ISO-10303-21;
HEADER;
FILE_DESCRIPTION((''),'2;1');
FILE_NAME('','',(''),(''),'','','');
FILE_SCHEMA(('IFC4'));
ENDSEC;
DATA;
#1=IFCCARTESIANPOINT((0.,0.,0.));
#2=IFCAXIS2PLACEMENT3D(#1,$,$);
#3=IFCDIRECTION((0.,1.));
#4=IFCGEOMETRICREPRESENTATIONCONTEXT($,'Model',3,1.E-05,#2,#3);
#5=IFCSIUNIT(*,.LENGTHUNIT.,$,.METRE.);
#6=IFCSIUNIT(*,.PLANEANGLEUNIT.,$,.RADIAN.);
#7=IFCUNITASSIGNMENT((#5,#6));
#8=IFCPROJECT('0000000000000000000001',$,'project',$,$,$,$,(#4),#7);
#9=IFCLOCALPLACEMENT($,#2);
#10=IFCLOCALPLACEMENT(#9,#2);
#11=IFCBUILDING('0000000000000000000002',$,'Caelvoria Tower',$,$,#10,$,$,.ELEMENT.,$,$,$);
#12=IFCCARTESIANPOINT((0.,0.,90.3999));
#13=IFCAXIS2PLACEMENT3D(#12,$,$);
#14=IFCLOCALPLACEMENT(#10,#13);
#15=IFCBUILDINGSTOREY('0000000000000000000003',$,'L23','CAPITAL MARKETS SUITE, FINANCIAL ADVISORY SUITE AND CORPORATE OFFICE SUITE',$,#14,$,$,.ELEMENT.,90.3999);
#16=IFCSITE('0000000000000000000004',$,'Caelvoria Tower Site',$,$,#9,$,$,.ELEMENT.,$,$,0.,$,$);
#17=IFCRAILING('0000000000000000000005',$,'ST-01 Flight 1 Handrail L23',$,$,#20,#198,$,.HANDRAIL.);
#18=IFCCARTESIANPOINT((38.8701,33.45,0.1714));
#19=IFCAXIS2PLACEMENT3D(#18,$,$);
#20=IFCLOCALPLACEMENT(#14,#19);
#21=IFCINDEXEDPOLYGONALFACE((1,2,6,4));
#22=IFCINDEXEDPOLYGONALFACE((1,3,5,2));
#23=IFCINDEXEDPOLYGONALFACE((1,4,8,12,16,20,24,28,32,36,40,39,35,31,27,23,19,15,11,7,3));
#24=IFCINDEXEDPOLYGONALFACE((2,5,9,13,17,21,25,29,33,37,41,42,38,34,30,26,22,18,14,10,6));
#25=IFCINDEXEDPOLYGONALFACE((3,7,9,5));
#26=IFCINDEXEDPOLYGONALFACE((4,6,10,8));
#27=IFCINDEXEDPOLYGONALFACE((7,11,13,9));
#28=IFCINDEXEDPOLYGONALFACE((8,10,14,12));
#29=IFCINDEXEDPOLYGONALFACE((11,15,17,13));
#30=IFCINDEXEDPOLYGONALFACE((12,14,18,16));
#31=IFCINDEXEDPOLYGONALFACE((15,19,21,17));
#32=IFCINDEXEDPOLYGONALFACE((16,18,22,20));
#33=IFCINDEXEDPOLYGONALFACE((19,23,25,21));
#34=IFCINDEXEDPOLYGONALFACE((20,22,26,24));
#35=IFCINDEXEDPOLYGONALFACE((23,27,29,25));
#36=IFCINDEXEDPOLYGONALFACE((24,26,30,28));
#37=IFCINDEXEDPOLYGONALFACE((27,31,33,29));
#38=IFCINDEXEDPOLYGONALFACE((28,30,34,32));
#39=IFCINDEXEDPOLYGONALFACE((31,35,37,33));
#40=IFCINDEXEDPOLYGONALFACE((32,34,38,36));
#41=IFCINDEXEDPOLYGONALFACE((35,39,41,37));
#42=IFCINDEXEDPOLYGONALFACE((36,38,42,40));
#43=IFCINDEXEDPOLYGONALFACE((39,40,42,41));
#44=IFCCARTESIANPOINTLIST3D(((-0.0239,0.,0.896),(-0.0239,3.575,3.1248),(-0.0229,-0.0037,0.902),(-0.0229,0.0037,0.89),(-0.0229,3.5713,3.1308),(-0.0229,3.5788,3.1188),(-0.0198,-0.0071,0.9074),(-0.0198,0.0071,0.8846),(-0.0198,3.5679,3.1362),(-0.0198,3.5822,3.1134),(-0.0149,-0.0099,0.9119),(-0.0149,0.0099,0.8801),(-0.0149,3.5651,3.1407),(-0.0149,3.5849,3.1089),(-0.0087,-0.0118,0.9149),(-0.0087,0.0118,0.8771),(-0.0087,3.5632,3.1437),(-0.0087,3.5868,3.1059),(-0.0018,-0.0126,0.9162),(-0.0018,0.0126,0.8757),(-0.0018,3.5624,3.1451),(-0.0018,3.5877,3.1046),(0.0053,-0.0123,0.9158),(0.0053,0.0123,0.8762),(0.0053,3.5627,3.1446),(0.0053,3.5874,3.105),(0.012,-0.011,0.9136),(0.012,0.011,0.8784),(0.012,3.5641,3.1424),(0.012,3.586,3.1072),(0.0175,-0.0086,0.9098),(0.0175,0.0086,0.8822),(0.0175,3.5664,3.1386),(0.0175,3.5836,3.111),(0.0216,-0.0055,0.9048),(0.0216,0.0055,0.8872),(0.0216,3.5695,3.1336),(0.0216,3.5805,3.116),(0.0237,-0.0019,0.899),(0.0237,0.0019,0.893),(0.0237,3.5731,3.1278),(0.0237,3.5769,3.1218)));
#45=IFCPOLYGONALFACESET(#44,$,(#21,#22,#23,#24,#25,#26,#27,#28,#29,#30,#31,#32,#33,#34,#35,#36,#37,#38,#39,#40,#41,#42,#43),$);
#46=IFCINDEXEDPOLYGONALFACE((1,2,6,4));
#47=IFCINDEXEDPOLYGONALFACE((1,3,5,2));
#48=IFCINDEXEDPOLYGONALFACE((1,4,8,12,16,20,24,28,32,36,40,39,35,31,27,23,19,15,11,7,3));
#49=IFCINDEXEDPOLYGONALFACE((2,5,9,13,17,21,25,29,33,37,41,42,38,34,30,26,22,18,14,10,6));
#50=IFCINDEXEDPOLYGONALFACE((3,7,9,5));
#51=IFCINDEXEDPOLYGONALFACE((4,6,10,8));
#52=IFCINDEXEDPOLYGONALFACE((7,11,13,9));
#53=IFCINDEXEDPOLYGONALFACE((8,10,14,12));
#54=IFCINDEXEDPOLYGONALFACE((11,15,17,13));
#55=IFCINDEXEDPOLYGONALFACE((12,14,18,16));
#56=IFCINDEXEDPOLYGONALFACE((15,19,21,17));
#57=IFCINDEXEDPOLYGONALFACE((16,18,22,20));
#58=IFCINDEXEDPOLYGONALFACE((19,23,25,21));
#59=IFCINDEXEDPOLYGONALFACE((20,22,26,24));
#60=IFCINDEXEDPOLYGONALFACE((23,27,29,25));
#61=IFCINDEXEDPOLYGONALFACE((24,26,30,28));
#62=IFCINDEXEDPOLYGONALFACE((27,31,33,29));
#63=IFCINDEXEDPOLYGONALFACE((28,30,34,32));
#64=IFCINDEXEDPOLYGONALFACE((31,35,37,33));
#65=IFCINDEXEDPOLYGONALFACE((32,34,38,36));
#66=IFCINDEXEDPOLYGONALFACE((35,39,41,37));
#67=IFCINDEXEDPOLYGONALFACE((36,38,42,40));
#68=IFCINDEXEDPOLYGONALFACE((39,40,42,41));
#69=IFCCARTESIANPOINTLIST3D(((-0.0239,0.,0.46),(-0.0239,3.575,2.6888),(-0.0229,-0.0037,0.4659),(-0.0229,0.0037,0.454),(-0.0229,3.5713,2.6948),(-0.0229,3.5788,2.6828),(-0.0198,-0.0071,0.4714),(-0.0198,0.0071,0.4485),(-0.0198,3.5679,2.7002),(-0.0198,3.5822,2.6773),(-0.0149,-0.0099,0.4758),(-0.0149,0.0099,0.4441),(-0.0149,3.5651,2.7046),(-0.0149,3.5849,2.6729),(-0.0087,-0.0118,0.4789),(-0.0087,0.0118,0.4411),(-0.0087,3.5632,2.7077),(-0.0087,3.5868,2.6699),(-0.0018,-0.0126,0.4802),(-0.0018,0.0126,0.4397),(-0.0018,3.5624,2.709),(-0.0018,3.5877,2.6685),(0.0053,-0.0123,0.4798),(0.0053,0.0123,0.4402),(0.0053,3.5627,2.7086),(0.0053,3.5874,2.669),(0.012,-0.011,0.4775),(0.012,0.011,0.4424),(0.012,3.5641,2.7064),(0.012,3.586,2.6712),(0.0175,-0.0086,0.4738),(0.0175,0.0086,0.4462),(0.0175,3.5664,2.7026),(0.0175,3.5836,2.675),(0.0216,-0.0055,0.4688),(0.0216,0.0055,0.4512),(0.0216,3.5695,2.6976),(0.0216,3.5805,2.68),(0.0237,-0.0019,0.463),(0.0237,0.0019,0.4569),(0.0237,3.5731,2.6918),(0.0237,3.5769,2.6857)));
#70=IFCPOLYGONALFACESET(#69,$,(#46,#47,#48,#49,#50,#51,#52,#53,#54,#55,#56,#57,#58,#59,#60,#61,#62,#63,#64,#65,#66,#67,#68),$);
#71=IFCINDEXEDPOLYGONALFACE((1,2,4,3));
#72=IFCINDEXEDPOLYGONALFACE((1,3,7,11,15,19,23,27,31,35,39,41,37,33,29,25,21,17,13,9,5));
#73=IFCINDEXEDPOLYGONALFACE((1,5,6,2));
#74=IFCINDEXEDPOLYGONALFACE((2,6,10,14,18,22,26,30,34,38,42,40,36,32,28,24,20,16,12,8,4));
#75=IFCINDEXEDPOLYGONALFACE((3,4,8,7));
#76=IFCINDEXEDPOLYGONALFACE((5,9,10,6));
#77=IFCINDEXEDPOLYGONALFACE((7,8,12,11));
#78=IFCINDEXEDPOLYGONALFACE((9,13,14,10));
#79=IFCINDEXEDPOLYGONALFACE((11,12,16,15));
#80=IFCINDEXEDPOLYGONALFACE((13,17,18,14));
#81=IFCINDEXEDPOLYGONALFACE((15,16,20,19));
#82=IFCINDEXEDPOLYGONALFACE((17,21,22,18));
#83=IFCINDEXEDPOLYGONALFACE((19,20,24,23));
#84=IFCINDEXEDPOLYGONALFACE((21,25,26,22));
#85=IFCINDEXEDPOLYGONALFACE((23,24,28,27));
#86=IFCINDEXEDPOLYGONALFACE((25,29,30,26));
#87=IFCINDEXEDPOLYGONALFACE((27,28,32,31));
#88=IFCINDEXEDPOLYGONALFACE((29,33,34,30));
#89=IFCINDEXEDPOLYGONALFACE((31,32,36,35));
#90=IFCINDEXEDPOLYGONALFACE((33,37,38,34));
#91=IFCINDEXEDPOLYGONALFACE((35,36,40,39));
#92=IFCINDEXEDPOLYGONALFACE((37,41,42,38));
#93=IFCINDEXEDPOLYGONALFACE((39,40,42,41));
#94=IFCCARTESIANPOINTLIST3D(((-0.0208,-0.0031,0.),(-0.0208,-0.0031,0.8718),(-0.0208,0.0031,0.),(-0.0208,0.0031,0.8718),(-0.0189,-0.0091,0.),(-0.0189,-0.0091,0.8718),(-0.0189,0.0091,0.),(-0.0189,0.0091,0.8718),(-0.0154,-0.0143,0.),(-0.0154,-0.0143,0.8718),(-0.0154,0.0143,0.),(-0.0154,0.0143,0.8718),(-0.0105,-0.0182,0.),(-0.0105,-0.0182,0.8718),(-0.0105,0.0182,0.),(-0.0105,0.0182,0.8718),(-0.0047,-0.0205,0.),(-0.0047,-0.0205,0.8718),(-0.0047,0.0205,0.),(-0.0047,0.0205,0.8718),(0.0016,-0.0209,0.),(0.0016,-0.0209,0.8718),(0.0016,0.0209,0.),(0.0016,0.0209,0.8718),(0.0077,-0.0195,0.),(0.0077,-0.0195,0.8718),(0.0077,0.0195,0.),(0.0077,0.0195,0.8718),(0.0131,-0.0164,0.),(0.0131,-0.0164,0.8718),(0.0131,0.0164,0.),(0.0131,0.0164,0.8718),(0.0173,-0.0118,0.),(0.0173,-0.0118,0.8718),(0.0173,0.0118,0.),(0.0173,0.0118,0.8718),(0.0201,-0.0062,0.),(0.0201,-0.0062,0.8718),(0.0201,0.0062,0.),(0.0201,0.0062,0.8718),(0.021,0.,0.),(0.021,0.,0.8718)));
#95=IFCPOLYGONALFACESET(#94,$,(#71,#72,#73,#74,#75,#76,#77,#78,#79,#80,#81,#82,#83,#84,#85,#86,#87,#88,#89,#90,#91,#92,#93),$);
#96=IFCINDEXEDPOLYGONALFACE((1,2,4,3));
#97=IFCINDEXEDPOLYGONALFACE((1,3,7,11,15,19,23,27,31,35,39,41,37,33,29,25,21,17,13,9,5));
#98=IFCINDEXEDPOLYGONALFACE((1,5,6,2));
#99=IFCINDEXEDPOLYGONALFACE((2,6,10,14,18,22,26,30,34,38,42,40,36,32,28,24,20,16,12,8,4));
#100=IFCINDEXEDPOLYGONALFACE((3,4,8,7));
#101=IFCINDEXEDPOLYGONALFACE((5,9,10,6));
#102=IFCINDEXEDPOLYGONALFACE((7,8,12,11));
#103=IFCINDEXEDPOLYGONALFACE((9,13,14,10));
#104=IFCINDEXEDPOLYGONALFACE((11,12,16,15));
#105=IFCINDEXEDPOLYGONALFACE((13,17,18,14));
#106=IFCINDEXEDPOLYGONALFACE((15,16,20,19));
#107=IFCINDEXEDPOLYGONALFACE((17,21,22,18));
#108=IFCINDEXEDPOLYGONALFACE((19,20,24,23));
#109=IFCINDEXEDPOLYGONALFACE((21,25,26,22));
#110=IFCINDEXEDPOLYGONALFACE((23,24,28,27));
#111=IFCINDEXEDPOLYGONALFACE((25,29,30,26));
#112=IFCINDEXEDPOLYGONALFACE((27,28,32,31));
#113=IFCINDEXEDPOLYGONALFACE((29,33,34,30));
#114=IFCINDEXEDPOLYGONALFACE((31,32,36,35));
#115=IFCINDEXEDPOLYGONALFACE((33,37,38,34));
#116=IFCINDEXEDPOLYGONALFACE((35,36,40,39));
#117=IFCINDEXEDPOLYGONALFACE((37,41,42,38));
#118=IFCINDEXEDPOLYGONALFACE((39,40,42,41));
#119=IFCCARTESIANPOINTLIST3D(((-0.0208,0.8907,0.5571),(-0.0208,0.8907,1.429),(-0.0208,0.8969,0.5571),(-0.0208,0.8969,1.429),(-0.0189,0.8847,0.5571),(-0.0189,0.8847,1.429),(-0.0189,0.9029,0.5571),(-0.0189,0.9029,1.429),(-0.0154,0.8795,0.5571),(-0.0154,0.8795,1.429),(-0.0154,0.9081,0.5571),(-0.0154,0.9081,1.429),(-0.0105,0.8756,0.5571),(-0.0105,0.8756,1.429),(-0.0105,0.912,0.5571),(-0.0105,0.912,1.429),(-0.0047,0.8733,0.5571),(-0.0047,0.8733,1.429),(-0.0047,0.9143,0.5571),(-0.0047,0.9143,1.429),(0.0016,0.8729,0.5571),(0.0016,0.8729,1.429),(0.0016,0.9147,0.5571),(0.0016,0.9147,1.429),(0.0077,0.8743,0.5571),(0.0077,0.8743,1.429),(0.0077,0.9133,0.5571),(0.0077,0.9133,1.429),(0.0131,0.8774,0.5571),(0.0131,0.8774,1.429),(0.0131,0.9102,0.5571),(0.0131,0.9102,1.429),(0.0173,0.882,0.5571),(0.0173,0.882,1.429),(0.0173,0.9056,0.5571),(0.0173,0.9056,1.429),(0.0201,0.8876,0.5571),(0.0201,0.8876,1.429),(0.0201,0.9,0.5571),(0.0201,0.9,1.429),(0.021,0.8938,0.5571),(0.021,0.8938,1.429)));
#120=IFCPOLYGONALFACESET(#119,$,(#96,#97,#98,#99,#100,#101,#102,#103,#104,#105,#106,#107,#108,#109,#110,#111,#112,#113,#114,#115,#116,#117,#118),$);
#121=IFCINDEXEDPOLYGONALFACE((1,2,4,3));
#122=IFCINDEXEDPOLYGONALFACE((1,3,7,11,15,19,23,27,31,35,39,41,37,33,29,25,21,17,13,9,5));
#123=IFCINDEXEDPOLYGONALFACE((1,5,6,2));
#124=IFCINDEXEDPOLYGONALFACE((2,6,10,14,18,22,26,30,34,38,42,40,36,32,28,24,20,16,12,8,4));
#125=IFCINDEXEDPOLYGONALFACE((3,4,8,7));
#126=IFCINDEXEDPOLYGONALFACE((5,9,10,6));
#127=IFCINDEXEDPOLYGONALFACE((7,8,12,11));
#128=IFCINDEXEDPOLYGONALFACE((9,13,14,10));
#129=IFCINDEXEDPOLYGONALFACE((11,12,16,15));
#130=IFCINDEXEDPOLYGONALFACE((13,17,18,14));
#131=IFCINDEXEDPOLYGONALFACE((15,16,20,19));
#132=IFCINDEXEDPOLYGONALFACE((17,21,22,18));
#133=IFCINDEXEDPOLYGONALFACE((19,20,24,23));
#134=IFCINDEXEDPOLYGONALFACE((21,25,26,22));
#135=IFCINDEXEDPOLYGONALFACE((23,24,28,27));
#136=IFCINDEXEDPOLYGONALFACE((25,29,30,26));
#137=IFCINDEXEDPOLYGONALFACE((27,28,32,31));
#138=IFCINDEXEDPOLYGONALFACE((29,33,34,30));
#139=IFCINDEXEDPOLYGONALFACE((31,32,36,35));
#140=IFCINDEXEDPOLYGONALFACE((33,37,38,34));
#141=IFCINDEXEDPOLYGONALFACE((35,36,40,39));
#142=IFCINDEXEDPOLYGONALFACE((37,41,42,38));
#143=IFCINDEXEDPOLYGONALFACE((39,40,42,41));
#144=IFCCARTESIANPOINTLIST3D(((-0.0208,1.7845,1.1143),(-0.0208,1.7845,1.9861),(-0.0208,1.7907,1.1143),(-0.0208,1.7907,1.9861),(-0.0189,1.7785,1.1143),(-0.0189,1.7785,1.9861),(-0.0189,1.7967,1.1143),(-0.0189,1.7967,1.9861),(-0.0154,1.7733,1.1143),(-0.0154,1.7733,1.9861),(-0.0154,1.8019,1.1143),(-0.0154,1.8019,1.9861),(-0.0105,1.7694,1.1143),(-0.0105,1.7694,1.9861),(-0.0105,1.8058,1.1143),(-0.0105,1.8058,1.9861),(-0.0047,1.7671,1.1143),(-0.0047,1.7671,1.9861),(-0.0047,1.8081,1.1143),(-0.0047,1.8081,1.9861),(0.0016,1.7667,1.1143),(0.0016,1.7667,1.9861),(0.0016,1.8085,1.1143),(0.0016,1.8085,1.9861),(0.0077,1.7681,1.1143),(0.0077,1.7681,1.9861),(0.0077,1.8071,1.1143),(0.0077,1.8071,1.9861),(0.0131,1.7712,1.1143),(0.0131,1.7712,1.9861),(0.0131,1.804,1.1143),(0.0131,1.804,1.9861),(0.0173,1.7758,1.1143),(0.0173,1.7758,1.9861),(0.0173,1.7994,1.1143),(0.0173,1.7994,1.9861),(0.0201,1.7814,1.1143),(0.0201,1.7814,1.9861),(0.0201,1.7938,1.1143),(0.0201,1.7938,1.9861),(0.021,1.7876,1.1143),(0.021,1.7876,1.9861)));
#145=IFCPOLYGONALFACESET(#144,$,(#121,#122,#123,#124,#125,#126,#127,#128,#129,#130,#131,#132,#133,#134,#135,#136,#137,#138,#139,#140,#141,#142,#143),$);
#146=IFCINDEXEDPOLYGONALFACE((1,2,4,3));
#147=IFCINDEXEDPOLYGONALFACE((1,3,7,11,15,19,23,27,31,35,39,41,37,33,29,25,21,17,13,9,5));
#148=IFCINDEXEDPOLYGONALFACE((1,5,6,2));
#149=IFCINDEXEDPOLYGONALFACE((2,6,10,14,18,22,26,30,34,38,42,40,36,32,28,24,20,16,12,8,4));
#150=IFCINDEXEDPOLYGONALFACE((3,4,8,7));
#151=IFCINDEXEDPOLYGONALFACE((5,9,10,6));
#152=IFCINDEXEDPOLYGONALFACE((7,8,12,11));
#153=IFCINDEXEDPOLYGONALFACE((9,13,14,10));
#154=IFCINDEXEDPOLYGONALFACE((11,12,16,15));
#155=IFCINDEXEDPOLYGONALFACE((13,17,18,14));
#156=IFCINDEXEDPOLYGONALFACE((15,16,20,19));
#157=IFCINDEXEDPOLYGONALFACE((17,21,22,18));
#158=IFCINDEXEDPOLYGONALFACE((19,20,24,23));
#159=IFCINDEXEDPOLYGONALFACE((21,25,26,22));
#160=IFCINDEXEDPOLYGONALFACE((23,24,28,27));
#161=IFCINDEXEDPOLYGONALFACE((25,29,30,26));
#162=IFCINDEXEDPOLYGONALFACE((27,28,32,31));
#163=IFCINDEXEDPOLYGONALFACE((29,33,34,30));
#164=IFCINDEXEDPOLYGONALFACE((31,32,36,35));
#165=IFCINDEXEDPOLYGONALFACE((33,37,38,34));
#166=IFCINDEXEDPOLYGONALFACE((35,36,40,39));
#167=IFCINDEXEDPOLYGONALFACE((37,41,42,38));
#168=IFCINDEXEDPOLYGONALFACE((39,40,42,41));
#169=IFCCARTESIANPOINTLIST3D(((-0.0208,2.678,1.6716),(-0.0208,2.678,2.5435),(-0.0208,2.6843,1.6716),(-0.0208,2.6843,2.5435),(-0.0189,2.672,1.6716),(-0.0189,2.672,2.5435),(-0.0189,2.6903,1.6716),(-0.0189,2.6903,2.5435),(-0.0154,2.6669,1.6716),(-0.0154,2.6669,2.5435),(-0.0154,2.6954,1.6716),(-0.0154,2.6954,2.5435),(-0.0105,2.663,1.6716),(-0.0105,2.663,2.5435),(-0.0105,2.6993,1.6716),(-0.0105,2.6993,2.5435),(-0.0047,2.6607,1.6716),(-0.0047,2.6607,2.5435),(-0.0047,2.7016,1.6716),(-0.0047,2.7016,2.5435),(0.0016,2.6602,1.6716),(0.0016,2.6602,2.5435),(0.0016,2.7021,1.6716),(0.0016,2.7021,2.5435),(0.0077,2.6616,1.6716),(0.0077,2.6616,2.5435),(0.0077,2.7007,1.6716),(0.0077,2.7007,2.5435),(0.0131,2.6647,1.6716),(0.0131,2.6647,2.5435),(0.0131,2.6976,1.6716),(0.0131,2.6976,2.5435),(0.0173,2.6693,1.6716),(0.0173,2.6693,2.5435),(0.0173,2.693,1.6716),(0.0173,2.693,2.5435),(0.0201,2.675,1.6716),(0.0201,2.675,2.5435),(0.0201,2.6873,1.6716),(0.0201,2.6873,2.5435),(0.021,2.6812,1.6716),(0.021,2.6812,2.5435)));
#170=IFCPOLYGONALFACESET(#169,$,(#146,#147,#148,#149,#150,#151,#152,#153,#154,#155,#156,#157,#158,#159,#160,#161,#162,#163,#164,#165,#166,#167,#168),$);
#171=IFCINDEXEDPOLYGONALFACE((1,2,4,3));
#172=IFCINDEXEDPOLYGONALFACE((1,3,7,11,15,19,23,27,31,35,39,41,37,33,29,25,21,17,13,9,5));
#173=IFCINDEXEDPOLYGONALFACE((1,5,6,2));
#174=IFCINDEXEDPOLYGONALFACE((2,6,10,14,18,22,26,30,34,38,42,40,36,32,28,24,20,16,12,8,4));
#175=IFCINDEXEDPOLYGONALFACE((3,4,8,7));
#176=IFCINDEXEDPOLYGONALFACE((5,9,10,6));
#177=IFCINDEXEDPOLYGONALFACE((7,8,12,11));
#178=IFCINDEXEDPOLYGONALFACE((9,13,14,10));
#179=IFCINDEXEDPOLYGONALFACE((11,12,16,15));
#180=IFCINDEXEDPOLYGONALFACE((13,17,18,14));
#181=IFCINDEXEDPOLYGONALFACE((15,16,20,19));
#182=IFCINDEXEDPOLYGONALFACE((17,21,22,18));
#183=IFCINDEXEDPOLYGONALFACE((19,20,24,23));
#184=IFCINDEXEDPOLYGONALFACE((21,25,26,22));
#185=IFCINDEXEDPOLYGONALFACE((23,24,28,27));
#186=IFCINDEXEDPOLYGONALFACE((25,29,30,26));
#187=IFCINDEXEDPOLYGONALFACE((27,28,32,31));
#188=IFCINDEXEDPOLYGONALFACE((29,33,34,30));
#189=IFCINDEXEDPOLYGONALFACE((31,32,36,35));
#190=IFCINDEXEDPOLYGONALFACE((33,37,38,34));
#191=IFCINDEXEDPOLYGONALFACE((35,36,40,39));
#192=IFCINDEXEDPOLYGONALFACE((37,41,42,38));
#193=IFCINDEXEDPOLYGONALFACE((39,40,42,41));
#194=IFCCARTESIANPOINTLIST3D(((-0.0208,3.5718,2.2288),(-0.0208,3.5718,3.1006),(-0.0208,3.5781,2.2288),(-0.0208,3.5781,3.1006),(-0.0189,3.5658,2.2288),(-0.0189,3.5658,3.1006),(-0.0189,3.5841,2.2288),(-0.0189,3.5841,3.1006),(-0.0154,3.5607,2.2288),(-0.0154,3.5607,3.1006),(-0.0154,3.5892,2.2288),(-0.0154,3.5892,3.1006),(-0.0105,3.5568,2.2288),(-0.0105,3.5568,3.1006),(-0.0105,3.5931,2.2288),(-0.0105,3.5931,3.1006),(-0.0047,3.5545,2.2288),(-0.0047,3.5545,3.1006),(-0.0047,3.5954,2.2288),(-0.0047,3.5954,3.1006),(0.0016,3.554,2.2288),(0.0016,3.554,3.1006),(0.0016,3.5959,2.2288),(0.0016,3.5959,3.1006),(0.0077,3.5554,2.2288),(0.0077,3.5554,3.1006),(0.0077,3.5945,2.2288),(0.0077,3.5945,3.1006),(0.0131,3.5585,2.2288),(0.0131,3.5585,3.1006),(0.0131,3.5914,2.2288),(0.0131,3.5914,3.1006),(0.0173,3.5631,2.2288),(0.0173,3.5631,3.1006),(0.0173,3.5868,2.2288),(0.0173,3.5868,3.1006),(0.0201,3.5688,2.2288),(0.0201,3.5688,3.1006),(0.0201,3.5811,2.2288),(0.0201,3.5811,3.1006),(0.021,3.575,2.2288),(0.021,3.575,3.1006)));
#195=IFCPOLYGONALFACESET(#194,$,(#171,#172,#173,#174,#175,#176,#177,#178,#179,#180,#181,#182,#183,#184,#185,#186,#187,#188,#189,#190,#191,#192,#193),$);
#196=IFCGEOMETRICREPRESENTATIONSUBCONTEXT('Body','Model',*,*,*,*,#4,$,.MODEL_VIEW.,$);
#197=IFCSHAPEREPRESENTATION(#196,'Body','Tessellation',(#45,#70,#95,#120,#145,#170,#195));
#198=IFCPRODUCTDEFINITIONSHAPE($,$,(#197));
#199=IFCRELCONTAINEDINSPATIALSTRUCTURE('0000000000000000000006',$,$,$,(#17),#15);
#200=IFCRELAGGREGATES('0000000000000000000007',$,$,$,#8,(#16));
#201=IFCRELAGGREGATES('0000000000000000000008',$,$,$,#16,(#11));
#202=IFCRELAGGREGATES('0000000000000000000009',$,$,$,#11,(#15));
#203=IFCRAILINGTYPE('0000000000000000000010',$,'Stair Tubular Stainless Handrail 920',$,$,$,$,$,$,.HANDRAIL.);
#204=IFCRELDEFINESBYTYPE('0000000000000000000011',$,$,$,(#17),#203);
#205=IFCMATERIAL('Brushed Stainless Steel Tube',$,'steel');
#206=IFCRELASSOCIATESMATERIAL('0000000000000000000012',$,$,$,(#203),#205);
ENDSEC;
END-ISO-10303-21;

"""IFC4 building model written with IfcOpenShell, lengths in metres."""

from ifc_helpers import new_model, si_unit, direction, frame, origin, origin_2d, place, context, subcontext, project, spatial, circle, extrude, material, type_object, element, save


model = new_model("IFC4")

# Units and contexts
model_context = context("Model", 3, precision=1e-05, world=origin(), true_north=direction((0.0, 1.0)))
body_context = subcontext(model_context, "Body", "Model", "MODEL_VIEW")
ifc_project = project(units=[si_unit("LENGTHUNIT", "METRE"), si_unit("PLANEANGLEUNIT", "RADIAN")], contexts=[model_context])

# Site, building, storey
site_placement = place(None, origin())
site = spatial("IfcSite", under=ifc_project, at=site_placement, Name="Caelvoria Tower Site", CompositionType="ELEMENT", RefElevation=0.0)
building_placement = place(site_placement, origin())
building = spatial("IfcBuilding", under=site, at=building_placement, Name="Caelvoria Tower", CompositionType="ELEMENT")
storey_placement = place(building_placement, frame((0.0, 0.0, 90.3999)))
storey = spatial("IfcBuildingStorey", under=building, at=storey_placement, Name="L23", Description="CAPITAL MARKETS SUITE, FINANCIAL ADVISORY SUITE AND CORPORATE OFFICE SUITE", CompositionType="ELEMENT", Elevation=90.3999)

# Railing
ifc_material_1 = material(Name="Brushed Stainless Steel Tube", Category="steel")
railing_type_1 = type_object("IfcRailingType", Name="Stair Tubular Stainless Handrail 920", PredefinedType="HANDRAIL", material=ifc_material_1)
railing_1_placement = place(storey_placement, frame((38.8701, 33.45, 0.1714)))
element("IfcRailing", 1, at=railing_1_placement, inside=storey, type_object=railing_type_1, Name="ST-01 Flight 1 Handrail L23", PredefinedType="HANDRAIL", context=body_context, shape_type="SweptSolid", body=[
    extrude(circle(Radius=0.0239, at=origin_2d()), frame((0.0, 0.0, 0.896), z_axis=(0.0, 0.848594, 0.529045), x_axis=(-1.0, 0.0, 0.0)), (0.0, 0.0, 1.0), 4.2129),
    extrude(circle(Radius=0.0239, at=origin_2d()), frame((0.0, 0.0, 0.46), z_axis=(0.0, 0.848594, 0.529045), x_axis=(-1.0, 0.0, 0.0)), (0.0, 0.0, 1.0), 4.2129),
    extrude(circle(Radius=0.021, at=origin_2d()), origin(), (0.0, 0.0, 1.0), 0.8718),
    extrude(circle(Radius=0.021, at=origin_2d()), frame((0.0, 0.8938, 0.5571)), (0.0, 0.0, 1.0), 0.8718),
    extrude(circle(Radius=0.021, at=origin_2d()), frame((0.0, 1.7876, 1.1143)), (0.0, 0.0, 1.0), 0.8718),
    extrude(circle(Radius=0.021, at=origin_2d()), frame((0.0, 2.6812, 1.6716)), (0.0, 0.0, 1.0), 0.8718),
    extrude(circle(Radius=0.021, at=origin_2d()), frame((0.0, 3.575, 2.2288)), (0.0, 0.0, 1.0), 0.8718),
])

save(model, "model.ifc")
